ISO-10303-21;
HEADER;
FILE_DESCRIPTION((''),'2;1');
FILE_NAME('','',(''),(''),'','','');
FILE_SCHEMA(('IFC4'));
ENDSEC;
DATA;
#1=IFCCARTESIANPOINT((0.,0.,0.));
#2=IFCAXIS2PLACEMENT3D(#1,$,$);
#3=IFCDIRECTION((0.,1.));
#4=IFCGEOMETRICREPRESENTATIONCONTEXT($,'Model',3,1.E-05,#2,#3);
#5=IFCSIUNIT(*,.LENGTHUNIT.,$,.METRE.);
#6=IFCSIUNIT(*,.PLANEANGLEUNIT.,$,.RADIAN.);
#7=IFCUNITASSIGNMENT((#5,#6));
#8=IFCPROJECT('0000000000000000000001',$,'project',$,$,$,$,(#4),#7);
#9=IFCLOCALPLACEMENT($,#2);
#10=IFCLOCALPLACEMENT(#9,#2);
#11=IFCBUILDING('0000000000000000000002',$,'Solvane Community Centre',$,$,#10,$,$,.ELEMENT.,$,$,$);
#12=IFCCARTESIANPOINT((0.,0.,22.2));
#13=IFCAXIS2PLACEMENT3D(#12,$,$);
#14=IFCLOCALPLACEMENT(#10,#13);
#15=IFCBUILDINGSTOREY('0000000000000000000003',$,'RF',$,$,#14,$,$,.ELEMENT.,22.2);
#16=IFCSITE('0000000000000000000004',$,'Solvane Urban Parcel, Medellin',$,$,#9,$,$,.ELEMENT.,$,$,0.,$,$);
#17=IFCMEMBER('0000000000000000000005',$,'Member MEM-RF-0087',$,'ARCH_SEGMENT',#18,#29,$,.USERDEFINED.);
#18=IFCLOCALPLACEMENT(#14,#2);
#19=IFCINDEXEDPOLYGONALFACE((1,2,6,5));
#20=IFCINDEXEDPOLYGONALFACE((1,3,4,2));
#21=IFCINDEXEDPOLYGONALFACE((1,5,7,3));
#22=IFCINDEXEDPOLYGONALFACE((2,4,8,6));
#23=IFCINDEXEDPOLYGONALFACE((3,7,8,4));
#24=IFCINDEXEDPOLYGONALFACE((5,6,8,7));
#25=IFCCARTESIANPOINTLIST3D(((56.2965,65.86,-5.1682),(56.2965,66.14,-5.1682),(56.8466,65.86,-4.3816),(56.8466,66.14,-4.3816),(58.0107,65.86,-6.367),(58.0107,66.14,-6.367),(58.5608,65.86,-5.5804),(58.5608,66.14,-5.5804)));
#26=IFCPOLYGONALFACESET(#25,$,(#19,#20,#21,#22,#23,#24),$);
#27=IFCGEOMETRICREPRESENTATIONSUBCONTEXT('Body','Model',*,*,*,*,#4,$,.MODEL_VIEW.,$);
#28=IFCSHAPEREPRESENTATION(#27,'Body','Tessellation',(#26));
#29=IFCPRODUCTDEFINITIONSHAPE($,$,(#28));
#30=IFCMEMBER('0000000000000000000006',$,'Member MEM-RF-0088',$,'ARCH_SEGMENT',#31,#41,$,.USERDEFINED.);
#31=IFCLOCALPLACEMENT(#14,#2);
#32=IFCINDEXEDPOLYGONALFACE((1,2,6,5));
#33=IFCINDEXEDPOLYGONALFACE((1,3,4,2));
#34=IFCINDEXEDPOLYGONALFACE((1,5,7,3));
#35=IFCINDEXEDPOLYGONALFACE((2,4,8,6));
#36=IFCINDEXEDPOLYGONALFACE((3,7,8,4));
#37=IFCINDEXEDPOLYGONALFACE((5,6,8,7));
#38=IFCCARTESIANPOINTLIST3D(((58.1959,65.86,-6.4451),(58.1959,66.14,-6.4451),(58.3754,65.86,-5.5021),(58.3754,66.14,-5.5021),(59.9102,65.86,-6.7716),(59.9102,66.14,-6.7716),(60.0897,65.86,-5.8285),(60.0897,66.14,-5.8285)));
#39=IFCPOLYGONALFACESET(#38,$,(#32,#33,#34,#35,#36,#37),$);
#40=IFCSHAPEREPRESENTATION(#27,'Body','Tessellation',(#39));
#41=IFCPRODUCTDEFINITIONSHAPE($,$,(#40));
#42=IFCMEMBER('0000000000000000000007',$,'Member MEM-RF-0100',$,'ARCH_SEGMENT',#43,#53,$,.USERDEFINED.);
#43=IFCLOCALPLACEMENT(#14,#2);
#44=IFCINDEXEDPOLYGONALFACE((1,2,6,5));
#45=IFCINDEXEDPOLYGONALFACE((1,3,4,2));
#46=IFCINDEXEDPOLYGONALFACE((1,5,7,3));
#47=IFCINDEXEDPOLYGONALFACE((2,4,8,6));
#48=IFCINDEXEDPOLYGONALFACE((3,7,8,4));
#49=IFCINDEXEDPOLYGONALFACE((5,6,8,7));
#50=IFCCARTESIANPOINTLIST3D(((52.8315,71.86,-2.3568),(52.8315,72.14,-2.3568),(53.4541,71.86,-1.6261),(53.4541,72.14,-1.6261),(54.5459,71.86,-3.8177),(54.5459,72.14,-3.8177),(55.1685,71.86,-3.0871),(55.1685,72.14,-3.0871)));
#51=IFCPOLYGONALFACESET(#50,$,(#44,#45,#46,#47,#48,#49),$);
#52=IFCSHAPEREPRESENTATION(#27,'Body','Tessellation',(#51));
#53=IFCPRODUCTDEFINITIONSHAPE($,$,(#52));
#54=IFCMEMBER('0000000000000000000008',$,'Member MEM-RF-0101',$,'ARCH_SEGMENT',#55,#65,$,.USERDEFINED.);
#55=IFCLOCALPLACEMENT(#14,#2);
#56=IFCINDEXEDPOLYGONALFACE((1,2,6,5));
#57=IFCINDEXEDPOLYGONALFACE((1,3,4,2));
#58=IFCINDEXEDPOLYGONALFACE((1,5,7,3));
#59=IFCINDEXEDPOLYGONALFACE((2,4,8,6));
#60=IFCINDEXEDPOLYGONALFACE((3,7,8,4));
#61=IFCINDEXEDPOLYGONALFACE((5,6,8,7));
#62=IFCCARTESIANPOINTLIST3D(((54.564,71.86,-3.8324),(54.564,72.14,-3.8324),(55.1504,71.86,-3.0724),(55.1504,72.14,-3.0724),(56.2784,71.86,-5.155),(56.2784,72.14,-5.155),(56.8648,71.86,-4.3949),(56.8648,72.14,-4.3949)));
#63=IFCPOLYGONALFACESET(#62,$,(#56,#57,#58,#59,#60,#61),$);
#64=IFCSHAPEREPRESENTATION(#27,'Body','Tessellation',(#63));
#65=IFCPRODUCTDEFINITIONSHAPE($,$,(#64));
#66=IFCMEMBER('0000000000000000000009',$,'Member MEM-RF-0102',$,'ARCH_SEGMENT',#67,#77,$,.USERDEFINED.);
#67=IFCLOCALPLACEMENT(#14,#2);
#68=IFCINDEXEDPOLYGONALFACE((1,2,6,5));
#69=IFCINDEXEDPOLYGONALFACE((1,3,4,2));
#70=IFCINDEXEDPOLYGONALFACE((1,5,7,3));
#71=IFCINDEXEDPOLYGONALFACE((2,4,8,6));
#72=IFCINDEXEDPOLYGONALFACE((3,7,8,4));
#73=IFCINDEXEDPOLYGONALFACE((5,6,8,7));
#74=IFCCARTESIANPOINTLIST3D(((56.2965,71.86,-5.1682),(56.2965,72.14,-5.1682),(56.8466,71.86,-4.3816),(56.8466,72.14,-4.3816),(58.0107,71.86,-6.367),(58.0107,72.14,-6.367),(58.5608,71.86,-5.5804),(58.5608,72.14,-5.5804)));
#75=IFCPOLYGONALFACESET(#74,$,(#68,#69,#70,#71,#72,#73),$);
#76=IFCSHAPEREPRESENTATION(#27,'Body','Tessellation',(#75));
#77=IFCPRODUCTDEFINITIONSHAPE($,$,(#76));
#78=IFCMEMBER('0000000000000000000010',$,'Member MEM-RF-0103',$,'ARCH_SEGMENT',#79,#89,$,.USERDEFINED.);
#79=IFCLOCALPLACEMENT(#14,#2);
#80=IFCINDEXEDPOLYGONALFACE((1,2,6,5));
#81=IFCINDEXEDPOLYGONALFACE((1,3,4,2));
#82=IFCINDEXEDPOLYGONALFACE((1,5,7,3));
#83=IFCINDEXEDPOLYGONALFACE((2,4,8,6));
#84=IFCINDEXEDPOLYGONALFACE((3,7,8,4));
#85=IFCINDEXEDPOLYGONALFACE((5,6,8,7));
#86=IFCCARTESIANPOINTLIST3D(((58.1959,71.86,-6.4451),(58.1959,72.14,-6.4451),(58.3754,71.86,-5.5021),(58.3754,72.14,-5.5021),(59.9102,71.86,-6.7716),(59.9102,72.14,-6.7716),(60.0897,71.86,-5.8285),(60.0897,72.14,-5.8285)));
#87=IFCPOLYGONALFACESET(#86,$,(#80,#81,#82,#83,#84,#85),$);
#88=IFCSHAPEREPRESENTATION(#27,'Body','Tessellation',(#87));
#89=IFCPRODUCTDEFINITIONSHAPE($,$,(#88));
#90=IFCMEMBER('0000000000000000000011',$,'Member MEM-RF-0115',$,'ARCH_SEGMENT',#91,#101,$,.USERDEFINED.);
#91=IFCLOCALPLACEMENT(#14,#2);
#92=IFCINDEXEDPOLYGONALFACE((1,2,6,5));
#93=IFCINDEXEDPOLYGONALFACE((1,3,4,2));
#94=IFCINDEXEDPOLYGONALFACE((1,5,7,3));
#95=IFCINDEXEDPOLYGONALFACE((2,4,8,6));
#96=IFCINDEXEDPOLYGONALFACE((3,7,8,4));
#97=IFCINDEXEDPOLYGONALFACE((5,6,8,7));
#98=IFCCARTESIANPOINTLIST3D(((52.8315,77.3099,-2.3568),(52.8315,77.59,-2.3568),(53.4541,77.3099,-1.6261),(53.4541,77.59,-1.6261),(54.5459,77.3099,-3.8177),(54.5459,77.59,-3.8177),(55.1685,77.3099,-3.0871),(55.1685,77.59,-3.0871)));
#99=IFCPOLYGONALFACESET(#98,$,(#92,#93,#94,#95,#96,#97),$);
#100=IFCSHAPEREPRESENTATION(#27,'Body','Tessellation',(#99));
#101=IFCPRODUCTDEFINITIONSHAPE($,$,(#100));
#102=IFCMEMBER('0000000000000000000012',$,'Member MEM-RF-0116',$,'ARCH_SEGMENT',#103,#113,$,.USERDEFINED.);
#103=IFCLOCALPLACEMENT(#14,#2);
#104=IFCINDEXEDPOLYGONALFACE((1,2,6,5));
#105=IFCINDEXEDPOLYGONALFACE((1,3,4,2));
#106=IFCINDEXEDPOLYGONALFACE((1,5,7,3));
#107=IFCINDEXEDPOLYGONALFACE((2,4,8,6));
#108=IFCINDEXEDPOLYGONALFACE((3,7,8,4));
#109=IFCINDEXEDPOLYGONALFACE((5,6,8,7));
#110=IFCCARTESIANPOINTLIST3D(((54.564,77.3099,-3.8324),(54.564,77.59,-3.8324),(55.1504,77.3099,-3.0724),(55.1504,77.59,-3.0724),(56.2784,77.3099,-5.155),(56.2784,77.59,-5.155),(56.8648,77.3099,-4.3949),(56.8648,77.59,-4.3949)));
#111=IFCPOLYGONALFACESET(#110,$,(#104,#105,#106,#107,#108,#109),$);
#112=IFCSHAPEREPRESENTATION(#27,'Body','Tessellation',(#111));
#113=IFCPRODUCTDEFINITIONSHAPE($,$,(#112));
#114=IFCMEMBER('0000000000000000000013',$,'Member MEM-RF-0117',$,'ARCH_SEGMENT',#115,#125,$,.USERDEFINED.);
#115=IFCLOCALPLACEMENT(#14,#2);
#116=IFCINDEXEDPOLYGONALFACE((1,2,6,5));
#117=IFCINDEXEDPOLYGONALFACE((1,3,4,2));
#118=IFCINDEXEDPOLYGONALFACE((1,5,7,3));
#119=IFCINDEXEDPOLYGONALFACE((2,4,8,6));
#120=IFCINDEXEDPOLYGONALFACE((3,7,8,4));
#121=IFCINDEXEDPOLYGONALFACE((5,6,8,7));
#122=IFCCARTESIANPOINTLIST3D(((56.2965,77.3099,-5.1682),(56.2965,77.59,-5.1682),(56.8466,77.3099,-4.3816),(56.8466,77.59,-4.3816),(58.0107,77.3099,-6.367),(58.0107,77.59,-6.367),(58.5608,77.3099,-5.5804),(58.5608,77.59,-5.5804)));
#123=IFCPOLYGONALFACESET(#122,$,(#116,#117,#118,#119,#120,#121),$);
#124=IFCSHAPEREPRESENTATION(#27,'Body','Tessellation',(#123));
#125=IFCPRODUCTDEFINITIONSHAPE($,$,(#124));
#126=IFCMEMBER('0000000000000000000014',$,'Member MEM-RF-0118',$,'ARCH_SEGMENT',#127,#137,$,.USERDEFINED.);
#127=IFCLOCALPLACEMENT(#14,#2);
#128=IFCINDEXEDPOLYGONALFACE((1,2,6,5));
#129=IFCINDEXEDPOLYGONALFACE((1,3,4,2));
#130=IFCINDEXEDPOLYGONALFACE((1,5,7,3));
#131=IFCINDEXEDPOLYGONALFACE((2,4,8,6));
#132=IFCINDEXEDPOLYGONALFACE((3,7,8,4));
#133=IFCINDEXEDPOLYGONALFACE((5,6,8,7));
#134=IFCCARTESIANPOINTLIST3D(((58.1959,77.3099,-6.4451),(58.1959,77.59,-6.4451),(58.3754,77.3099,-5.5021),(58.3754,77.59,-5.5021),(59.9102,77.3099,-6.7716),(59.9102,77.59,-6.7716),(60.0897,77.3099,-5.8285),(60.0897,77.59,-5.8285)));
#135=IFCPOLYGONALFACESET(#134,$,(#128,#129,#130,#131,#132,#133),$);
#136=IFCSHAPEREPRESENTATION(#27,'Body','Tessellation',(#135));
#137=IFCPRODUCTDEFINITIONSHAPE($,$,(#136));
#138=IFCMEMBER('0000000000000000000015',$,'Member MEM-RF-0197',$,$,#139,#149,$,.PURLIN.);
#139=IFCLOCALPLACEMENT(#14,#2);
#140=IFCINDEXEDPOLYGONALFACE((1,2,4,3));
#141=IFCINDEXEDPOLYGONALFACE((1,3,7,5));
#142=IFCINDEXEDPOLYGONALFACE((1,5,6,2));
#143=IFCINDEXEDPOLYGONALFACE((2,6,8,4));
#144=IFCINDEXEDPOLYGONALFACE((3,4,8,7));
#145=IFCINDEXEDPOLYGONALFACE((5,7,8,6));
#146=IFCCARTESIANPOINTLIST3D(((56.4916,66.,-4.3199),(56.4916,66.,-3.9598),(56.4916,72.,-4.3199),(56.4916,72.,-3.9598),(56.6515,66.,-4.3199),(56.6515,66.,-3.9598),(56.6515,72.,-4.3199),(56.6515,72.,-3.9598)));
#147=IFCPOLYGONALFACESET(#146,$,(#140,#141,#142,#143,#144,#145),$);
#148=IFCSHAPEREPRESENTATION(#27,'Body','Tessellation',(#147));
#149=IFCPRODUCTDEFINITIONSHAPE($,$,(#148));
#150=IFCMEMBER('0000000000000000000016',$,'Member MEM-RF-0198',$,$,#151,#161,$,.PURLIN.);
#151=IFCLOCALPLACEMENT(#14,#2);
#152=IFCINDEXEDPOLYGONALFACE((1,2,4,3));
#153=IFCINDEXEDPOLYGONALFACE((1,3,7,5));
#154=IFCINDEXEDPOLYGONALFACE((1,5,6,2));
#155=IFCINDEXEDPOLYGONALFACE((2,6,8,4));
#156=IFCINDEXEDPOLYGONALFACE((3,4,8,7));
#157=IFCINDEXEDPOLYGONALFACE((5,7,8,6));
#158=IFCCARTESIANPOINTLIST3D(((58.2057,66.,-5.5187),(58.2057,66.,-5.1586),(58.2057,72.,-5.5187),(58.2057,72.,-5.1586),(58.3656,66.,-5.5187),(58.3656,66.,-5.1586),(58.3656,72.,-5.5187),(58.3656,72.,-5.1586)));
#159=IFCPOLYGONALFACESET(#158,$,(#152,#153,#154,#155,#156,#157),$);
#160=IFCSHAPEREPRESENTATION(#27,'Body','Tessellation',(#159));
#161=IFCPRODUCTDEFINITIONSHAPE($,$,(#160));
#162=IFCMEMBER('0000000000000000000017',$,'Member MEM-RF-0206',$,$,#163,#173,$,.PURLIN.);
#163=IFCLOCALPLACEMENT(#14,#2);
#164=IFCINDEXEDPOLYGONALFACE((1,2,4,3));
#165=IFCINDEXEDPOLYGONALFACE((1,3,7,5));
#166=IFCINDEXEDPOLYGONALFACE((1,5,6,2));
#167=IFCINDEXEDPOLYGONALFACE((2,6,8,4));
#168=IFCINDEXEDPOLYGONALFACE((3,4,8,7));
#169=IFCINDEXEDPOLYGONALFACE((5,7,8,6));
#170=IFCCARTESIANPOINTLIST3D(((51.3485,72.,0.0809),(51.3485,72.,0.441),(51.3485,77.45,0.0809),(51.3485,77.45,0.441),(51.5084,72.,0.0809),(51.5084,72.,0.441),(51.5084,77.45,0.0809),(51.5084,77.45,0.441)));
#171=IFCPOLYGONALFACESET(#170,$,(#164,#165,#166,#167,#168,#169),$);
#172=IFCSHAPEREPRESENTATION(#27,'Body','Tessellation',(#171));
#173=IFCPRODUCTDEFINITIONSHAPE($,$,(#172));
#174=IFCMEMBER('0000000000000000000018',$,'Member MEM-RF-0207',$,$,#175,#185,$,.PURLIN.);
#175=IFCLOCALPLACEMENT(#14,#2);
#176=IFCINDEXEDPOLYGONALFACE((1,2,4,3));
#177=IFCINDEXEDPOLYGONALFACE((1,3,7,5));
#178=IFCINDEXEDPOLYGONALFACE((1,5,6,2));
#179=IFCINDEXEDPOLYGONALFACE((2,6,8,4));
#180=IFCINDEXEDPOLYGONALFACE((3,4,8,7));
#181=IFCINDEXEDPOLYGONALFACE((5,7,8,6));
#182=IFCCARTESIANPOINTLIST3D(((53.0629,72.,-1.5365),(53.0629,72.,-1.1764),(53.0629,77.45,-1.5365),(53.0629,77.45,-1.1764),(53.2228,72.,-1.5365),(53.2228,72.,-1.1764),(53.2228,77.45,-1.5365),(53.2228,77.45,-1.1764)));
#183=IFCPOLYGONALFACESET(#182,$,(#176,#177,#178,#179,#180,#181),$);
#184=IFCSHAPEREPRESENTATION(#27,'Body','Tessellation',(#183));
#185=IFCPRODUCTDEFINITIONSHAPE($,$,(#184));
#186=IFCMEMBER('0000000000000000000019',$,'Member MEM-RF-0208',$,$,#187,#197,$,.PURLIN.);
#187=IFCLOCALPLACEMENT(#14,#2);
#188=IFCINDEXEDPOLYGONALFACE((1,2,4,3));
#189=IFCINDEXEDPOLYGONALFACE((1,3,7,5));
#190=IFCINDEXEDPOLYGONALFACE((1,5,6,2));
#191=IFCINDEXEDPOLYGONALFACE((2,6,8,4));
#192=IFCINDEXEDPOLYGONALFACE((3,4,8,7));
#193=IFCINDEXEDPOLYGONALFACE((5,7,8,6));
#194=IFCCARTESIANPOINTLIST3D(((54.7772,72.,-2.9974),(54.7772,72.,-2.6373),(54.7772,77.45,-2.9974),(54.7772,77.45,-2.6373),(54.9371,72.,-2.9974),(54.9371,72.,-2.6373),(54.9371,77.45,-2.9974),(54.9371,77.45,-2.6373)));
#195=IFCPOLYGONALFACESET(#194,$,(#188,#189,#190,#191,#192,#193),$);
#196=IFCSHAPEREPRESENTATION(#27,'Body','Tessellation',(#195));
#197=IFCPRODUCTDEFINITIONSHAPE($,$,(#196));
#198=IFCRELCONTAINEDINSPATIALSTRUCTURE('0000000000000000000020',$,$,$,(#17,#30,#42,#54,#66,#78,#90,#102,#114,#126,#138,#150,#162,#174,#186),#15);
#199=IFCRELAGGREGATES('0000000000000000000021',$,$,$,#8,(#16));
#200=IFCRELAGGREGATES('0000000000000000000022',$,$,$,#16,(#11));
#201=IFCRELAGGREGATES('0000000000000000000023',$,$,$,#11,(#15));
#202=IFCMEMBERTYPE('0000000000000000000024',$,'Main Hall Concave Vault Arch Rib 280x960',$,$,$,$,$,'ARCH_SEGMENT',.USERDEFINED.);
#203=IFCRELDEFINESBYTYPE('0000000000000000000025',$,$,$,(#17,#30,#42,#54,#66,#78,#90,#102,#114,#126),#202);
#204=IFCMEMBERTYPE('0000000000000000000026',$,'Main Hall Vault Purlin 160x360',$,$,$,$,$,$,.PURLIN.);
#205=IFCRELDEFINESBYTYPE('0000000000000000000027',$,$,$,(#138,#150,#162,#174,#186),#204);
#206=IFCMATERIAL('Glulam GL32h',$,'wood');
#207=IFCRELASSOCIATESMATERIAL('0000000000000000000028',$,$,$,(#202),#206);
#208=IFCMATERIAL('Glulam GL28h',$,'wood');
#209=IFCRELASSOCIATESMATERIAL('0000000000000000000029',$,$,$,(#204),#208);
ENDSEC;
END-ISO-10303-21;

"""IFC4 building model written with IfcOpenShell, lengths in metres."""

from ifc_helpers import new_model, si_unit, direction, frame, origin, origin_2d, place, context, subcontext, project, spatial, rectangle, extrude, material, material_profile, profile_set, type_object, element, save


model = new_model("IFC4")

# Units and contexts
model_context = context("Model", 3, precision=1e-05, world=origin(), true_north=direction((0.0, 1.0)))
body_context = subcontext(model_context, "Body", "Model", "MODEL_VIEW")
ifc_project = project(units=[si_unit("LENGTHUNIT", "METRE"), si_unit("PLANEANGLEUNIT", "RADIAN")], contexts=[model_context])

# Site, building, storey
site_placement = place(None, origin())
site = spatial("IfcSite", under=ifc_project, at=site_placement, Name="Solvane Urban Parcel, Medellin", CompositionType="ELEMENT", RefElevation=0.0)
building_placement = place(site_placement, origin())
building = spatial("IfcBuilding", under=site, at=building_placement, Name="Solvane Community Centre", CompositionType="ELEMENT")
storey_placement = place(building_placement, frame((0.0, 0.0, 22.2)))
storey = spatial("IfcBuildingStorey", under=building, at=storey_placement, Name="RF", CompositionType="ELEMENT", Elevation=22.2)

# Members
ifc_material_1 = material(Name="Glulam GL32h", Category="wood")
ifc_material_profile_1 = material_profile(ifc_material_1, rectangle(XDim=0.28, YDim=0.96, at=origin_2d()), Name="GL32h 280x960")
ifc_profile_set_1 = profile_set([ifc_material_profile_1], Name="Glulam GL32h")
member_type_1 = type_object("IfcMemberType", Name="Main Hall Concave Vault Arch Rib 280x960", ElementType="ARCH_SEGMENT", PredefinedType="USERDEFINED", material=ifc_profile_set_1)
member_1_placement = place(storey_placement, frame((56.5715, 66.0, -4.7749), z_axis=(0.81949, 0.0, -0.573094), x_axis=(0.0, 1.0, 0.0)))
element("IfcMember", 1, at=member_1_placement, inside=storey, type_object=member_type_1, Name="Member MEM-RF-0087", ObjectType="ARCH_SEGMENT", PredefinedType="USERDEFINED", context=body_context, shape_type="SweptSolid", body=[
    extrude(rectangle(XDim=0.28, YDim=0.96, at=origin_2d()), origin(), (0.0, 0.0, 1.0), 2.0918),
])
member_2_placement = place(storey_placement, frame((58.2856, 66.0, -5.9736), z_axis=(0.982352, 0.0, -0.187041), x_axis=(0.0, 1.0, 0.0)))
element("IfcMember", 2, at=member_2_placement, inside=storey, type_object=member_type_1, Name="Member MEM-RF-0088", ObjectType="ARCH_SEGMENT", PredefinedType="USERDEFINED", context=body_context, shape_type="SweptSolid", body=[
    extrude(rectangle(XDim=0.28, YDim=0.96, at=origin_2d()), origin(), (0.0, 0.0, 1.0), 1.7451),
])
member_3_placement = place(storey_placement, frame((53.1428, 72.0, -1.9915), z_axis=(0.76112, 0.0, -0.648611), x_axis=(0.0, 1.0, 0.0)))
element("IfcMember", 3, at=member_3_placement, inside=storey, type_object=member_type_1, Name="Member MEM-RF-0100", ObjectType="ARCH_SEGMENT", PredefinedType="USERDEFINED", context=body_context, shape_type="SweptSolid", body=[
    extrude(rectangle(XDim=0.28, YDim=0.96, at=origin_2d()), origin(), (0.0, 0.0, 1.0), 2.2524),
])
member_4_placement = place(storey_placement, frame((54.8572, 72.0, -3.4524), z_axis=(0.791781, 0.0, -0.610805), x_axis=(0.0, 1.0, 0.0)))
element("IfcMember", 4, at=member_4_placement, inside=storey, type_object=member_type_1, Name="Member MEM-RF-0101", ObjectType="ARCH_SEGMENT", PredefinedType="USERDEFINED", context=body_context, shape_type="SweptSolid", body=[
    extrude(rectangle(XDim=0.28, YDim=0.96, at=origin_2d()), origin(), (0.0, 0.0, 1.0), 2.1653),
])
member_5_placement = place(storey_placement, frame((56.5715, 72.0, -4.7749), z_axis=(0.81949, 0.0, -0.573094), x_axis=(0.0, 1.0, 0.0)))
element("IfcMember", 5, at=member_5_placement, inside=storey, type_object=member_type_1, Name="Member MEM-RF-0102", ObjectType="ARCH_SEGMENT", PredefinedType="USERDEFINED", context=body_context, shape_type="SweptSolid", body=[
    extrude(rectangle(XDim=0.28, YDim=0.96, at=origin_2d()), origin(), (0.0, 0.0, 1.0), 2.0918),
])
member_6_placement = place(storey_placement, frame((58.2856, 72.0, -5.9736), z_axis=(0.982352, 0.0, -0.187041), x_axis=(0.0, 1.0, 0.0)))
element("IfcMember", 6, at=member_6_placement, inside=storey, type_object=member_type_1, Name="Member MEM-RF-0103", ObjectType="ARCH_SEGMENT", PredefinedType="USERDEFINED", context=body_context, shape_type="SweptSolid", body=[
    extrude(rectangle(XDim=0.28, YDim=0.96, at=origin_2d()), origin(), (0.0, 0.0, 1.0), 1.7451),
])
member_7_placement = place(storey_placement, frame((53.1428, 77.45, -1.9915), z_axis=(0.76112, 0.0, -0.648611), x_axis=(0.0, 1.0, 0.0)))
element("IfcMember", 7, at=member_7_placement, inside=storey, type_object=member_type_1, Name="Member MEM-RF-0115", ObjectType="ARCH_SEGMENT", PredefinedType="USERDEFINED", context=body_context, shape_type="SweptSolid", body=[
    extrude(rectangle(XDim=0.28, YDim=0.96, at=origin_2d()), origin(), (0.0, 0.0, 1.0), 2.2524),
])
member_8_placement = place(storey_placement, frame((54.8572, 77.45, -3.4524), z_axis=(0.791781, 0.0, -0.610805), x_axis=(0.0, 1.0, 0.0)))
element("IfcMember", 8, at=member_8_placement, inside=storey, type_object=member_type_1, Name="Member MEM-RF-0116", ObjectType="ARCH_SEGMENT", PredefinedType="USERDEFINED", context=body_context, shape_type="SweptSolid", body=[
    extrude(rectangle(XDim=0.28, YDim=0.96, at=origin_2d()), origin(), (0.0, 0.0, 1.0), 2.1653),
])
member_9_placement = place(storey_placement, frame((56.5715, 77.45, -4.7749), z_axis=(0.81949, 0.0, -0.573094), x_axis=(0.0, 1.0, 0.0)))
element("IfcMember", 9, at=member_9_placement, inside=storey, type_object=member_type_1, Name="Member MEM-RF-0117", ObjectType="ARCH_SEGMENT", PredefinedType="USERDEFINED", context=body_context, shape_type="SweptSolid", body=[
    extrude(rectangle(XDim=0.28, YDim=0.96, at=origin_2d()), origin(), (0.0, 0.0, 1.0), 2.0918),
])
member_10_placement = place(storey_placement, frame((58.2856, 77.45, -5.9736), z_axis=(0.982352, 0.0, -0.187041), x_axis=(0.0, 1.0, 0.0)))
element("IfcMember", 10, at=member_10_placement, inside=storey, type_object=member_type_1, Name="Member MEM-RF-0118", ObjectType="ARCH_SEGMENT", PredefinedType="USERDEFINED", context=body_context, shape_type="SweptSolid", body=[
    extrude(rectangle(XDim=0.28, YDim=0.96, at=origin_2d()), origin(), (0.0, 0.0, 1.0), 1.7451),
])
ifc_material_2 = material(Name="Glulam GL28h", Category="wood")
ifc_material_profile_2 = material_profile(ifc_material_2, rectangle(XDim=0.1599, YDim=0.3601, at=origin_2d()), Name="GL28h 160x360")
ifc_profile_set_2 = profile_set([ifc_material_profile_2], Name="Glulam GL28h")
member_type_2 = type_object("IfcMemberType", Name="Main Hall Vault Purlin 160x360", PredefinedType="PURLIN", material=ifc_profile_set_2)
for number, where, z_axis, x_axis, name in (
    (11, (56.5715, 66.0, -4.1399), (0.0, 1.0, 0.0), (-1.0, 0.0, 0.0), "Member MEM-RF-0197"),
    (12, (58.2856, 66.0, -5.3386), (0.0, 1.0, 0.0), (-1.0, 0.0, 0.0), "Member MEM-RF-0198"),
):
    element("IfcMember", number, at=place(storey_placement, frame(where, z_axis=z_axis, x_axis=x_axis)), inside=storey, type_object=member_type_2, Name=name, PredefinedType="PURLIN", context=body_context, shape_type="SweptSolid", body=[
        extrude(rectangle(XDim=0.1599, YDim=0.3601, at=origin_2d()), origin(), (0.0, 0.0, 1.0), 6.0),
    ])
for number, where, z_axis, x_axis, name in (
    (13, (51.4285, 72.0, 0.261), (0.0, 1.0, 0.0), (-1.0, 0.0, 0.0), "Member MEM-RF-0206"),
    (14, (53.1428, 72.0, -1.3564), (0.0, 1.0, 0.0), (-1.0, 0.0, 0.0), "Member MEM-RF-0207"),
    (15, (54.8572, 72.0, -2.8174), (0.0, 1.0, 0.0), (-1.0, 0.0, 0.0), "Member MEM-RF-0208"),
):
    element("IfcMember", number, at=place(storey_placement, frame(where, z_axis=z_axis, x_axis=x_axis)), inside=storey, type_object=member_type_2, Name=name, PredefinedType="PURLIN", context=body_context, shape_type="SweptSolid", body=[
        extrude(rectangle(XDim=0.1599, YDim=0.3601, at=origin_2d()), origin(), (0.0, 0.0, 1.0), 5.45),
    ])

save(model, "model.ifc")
